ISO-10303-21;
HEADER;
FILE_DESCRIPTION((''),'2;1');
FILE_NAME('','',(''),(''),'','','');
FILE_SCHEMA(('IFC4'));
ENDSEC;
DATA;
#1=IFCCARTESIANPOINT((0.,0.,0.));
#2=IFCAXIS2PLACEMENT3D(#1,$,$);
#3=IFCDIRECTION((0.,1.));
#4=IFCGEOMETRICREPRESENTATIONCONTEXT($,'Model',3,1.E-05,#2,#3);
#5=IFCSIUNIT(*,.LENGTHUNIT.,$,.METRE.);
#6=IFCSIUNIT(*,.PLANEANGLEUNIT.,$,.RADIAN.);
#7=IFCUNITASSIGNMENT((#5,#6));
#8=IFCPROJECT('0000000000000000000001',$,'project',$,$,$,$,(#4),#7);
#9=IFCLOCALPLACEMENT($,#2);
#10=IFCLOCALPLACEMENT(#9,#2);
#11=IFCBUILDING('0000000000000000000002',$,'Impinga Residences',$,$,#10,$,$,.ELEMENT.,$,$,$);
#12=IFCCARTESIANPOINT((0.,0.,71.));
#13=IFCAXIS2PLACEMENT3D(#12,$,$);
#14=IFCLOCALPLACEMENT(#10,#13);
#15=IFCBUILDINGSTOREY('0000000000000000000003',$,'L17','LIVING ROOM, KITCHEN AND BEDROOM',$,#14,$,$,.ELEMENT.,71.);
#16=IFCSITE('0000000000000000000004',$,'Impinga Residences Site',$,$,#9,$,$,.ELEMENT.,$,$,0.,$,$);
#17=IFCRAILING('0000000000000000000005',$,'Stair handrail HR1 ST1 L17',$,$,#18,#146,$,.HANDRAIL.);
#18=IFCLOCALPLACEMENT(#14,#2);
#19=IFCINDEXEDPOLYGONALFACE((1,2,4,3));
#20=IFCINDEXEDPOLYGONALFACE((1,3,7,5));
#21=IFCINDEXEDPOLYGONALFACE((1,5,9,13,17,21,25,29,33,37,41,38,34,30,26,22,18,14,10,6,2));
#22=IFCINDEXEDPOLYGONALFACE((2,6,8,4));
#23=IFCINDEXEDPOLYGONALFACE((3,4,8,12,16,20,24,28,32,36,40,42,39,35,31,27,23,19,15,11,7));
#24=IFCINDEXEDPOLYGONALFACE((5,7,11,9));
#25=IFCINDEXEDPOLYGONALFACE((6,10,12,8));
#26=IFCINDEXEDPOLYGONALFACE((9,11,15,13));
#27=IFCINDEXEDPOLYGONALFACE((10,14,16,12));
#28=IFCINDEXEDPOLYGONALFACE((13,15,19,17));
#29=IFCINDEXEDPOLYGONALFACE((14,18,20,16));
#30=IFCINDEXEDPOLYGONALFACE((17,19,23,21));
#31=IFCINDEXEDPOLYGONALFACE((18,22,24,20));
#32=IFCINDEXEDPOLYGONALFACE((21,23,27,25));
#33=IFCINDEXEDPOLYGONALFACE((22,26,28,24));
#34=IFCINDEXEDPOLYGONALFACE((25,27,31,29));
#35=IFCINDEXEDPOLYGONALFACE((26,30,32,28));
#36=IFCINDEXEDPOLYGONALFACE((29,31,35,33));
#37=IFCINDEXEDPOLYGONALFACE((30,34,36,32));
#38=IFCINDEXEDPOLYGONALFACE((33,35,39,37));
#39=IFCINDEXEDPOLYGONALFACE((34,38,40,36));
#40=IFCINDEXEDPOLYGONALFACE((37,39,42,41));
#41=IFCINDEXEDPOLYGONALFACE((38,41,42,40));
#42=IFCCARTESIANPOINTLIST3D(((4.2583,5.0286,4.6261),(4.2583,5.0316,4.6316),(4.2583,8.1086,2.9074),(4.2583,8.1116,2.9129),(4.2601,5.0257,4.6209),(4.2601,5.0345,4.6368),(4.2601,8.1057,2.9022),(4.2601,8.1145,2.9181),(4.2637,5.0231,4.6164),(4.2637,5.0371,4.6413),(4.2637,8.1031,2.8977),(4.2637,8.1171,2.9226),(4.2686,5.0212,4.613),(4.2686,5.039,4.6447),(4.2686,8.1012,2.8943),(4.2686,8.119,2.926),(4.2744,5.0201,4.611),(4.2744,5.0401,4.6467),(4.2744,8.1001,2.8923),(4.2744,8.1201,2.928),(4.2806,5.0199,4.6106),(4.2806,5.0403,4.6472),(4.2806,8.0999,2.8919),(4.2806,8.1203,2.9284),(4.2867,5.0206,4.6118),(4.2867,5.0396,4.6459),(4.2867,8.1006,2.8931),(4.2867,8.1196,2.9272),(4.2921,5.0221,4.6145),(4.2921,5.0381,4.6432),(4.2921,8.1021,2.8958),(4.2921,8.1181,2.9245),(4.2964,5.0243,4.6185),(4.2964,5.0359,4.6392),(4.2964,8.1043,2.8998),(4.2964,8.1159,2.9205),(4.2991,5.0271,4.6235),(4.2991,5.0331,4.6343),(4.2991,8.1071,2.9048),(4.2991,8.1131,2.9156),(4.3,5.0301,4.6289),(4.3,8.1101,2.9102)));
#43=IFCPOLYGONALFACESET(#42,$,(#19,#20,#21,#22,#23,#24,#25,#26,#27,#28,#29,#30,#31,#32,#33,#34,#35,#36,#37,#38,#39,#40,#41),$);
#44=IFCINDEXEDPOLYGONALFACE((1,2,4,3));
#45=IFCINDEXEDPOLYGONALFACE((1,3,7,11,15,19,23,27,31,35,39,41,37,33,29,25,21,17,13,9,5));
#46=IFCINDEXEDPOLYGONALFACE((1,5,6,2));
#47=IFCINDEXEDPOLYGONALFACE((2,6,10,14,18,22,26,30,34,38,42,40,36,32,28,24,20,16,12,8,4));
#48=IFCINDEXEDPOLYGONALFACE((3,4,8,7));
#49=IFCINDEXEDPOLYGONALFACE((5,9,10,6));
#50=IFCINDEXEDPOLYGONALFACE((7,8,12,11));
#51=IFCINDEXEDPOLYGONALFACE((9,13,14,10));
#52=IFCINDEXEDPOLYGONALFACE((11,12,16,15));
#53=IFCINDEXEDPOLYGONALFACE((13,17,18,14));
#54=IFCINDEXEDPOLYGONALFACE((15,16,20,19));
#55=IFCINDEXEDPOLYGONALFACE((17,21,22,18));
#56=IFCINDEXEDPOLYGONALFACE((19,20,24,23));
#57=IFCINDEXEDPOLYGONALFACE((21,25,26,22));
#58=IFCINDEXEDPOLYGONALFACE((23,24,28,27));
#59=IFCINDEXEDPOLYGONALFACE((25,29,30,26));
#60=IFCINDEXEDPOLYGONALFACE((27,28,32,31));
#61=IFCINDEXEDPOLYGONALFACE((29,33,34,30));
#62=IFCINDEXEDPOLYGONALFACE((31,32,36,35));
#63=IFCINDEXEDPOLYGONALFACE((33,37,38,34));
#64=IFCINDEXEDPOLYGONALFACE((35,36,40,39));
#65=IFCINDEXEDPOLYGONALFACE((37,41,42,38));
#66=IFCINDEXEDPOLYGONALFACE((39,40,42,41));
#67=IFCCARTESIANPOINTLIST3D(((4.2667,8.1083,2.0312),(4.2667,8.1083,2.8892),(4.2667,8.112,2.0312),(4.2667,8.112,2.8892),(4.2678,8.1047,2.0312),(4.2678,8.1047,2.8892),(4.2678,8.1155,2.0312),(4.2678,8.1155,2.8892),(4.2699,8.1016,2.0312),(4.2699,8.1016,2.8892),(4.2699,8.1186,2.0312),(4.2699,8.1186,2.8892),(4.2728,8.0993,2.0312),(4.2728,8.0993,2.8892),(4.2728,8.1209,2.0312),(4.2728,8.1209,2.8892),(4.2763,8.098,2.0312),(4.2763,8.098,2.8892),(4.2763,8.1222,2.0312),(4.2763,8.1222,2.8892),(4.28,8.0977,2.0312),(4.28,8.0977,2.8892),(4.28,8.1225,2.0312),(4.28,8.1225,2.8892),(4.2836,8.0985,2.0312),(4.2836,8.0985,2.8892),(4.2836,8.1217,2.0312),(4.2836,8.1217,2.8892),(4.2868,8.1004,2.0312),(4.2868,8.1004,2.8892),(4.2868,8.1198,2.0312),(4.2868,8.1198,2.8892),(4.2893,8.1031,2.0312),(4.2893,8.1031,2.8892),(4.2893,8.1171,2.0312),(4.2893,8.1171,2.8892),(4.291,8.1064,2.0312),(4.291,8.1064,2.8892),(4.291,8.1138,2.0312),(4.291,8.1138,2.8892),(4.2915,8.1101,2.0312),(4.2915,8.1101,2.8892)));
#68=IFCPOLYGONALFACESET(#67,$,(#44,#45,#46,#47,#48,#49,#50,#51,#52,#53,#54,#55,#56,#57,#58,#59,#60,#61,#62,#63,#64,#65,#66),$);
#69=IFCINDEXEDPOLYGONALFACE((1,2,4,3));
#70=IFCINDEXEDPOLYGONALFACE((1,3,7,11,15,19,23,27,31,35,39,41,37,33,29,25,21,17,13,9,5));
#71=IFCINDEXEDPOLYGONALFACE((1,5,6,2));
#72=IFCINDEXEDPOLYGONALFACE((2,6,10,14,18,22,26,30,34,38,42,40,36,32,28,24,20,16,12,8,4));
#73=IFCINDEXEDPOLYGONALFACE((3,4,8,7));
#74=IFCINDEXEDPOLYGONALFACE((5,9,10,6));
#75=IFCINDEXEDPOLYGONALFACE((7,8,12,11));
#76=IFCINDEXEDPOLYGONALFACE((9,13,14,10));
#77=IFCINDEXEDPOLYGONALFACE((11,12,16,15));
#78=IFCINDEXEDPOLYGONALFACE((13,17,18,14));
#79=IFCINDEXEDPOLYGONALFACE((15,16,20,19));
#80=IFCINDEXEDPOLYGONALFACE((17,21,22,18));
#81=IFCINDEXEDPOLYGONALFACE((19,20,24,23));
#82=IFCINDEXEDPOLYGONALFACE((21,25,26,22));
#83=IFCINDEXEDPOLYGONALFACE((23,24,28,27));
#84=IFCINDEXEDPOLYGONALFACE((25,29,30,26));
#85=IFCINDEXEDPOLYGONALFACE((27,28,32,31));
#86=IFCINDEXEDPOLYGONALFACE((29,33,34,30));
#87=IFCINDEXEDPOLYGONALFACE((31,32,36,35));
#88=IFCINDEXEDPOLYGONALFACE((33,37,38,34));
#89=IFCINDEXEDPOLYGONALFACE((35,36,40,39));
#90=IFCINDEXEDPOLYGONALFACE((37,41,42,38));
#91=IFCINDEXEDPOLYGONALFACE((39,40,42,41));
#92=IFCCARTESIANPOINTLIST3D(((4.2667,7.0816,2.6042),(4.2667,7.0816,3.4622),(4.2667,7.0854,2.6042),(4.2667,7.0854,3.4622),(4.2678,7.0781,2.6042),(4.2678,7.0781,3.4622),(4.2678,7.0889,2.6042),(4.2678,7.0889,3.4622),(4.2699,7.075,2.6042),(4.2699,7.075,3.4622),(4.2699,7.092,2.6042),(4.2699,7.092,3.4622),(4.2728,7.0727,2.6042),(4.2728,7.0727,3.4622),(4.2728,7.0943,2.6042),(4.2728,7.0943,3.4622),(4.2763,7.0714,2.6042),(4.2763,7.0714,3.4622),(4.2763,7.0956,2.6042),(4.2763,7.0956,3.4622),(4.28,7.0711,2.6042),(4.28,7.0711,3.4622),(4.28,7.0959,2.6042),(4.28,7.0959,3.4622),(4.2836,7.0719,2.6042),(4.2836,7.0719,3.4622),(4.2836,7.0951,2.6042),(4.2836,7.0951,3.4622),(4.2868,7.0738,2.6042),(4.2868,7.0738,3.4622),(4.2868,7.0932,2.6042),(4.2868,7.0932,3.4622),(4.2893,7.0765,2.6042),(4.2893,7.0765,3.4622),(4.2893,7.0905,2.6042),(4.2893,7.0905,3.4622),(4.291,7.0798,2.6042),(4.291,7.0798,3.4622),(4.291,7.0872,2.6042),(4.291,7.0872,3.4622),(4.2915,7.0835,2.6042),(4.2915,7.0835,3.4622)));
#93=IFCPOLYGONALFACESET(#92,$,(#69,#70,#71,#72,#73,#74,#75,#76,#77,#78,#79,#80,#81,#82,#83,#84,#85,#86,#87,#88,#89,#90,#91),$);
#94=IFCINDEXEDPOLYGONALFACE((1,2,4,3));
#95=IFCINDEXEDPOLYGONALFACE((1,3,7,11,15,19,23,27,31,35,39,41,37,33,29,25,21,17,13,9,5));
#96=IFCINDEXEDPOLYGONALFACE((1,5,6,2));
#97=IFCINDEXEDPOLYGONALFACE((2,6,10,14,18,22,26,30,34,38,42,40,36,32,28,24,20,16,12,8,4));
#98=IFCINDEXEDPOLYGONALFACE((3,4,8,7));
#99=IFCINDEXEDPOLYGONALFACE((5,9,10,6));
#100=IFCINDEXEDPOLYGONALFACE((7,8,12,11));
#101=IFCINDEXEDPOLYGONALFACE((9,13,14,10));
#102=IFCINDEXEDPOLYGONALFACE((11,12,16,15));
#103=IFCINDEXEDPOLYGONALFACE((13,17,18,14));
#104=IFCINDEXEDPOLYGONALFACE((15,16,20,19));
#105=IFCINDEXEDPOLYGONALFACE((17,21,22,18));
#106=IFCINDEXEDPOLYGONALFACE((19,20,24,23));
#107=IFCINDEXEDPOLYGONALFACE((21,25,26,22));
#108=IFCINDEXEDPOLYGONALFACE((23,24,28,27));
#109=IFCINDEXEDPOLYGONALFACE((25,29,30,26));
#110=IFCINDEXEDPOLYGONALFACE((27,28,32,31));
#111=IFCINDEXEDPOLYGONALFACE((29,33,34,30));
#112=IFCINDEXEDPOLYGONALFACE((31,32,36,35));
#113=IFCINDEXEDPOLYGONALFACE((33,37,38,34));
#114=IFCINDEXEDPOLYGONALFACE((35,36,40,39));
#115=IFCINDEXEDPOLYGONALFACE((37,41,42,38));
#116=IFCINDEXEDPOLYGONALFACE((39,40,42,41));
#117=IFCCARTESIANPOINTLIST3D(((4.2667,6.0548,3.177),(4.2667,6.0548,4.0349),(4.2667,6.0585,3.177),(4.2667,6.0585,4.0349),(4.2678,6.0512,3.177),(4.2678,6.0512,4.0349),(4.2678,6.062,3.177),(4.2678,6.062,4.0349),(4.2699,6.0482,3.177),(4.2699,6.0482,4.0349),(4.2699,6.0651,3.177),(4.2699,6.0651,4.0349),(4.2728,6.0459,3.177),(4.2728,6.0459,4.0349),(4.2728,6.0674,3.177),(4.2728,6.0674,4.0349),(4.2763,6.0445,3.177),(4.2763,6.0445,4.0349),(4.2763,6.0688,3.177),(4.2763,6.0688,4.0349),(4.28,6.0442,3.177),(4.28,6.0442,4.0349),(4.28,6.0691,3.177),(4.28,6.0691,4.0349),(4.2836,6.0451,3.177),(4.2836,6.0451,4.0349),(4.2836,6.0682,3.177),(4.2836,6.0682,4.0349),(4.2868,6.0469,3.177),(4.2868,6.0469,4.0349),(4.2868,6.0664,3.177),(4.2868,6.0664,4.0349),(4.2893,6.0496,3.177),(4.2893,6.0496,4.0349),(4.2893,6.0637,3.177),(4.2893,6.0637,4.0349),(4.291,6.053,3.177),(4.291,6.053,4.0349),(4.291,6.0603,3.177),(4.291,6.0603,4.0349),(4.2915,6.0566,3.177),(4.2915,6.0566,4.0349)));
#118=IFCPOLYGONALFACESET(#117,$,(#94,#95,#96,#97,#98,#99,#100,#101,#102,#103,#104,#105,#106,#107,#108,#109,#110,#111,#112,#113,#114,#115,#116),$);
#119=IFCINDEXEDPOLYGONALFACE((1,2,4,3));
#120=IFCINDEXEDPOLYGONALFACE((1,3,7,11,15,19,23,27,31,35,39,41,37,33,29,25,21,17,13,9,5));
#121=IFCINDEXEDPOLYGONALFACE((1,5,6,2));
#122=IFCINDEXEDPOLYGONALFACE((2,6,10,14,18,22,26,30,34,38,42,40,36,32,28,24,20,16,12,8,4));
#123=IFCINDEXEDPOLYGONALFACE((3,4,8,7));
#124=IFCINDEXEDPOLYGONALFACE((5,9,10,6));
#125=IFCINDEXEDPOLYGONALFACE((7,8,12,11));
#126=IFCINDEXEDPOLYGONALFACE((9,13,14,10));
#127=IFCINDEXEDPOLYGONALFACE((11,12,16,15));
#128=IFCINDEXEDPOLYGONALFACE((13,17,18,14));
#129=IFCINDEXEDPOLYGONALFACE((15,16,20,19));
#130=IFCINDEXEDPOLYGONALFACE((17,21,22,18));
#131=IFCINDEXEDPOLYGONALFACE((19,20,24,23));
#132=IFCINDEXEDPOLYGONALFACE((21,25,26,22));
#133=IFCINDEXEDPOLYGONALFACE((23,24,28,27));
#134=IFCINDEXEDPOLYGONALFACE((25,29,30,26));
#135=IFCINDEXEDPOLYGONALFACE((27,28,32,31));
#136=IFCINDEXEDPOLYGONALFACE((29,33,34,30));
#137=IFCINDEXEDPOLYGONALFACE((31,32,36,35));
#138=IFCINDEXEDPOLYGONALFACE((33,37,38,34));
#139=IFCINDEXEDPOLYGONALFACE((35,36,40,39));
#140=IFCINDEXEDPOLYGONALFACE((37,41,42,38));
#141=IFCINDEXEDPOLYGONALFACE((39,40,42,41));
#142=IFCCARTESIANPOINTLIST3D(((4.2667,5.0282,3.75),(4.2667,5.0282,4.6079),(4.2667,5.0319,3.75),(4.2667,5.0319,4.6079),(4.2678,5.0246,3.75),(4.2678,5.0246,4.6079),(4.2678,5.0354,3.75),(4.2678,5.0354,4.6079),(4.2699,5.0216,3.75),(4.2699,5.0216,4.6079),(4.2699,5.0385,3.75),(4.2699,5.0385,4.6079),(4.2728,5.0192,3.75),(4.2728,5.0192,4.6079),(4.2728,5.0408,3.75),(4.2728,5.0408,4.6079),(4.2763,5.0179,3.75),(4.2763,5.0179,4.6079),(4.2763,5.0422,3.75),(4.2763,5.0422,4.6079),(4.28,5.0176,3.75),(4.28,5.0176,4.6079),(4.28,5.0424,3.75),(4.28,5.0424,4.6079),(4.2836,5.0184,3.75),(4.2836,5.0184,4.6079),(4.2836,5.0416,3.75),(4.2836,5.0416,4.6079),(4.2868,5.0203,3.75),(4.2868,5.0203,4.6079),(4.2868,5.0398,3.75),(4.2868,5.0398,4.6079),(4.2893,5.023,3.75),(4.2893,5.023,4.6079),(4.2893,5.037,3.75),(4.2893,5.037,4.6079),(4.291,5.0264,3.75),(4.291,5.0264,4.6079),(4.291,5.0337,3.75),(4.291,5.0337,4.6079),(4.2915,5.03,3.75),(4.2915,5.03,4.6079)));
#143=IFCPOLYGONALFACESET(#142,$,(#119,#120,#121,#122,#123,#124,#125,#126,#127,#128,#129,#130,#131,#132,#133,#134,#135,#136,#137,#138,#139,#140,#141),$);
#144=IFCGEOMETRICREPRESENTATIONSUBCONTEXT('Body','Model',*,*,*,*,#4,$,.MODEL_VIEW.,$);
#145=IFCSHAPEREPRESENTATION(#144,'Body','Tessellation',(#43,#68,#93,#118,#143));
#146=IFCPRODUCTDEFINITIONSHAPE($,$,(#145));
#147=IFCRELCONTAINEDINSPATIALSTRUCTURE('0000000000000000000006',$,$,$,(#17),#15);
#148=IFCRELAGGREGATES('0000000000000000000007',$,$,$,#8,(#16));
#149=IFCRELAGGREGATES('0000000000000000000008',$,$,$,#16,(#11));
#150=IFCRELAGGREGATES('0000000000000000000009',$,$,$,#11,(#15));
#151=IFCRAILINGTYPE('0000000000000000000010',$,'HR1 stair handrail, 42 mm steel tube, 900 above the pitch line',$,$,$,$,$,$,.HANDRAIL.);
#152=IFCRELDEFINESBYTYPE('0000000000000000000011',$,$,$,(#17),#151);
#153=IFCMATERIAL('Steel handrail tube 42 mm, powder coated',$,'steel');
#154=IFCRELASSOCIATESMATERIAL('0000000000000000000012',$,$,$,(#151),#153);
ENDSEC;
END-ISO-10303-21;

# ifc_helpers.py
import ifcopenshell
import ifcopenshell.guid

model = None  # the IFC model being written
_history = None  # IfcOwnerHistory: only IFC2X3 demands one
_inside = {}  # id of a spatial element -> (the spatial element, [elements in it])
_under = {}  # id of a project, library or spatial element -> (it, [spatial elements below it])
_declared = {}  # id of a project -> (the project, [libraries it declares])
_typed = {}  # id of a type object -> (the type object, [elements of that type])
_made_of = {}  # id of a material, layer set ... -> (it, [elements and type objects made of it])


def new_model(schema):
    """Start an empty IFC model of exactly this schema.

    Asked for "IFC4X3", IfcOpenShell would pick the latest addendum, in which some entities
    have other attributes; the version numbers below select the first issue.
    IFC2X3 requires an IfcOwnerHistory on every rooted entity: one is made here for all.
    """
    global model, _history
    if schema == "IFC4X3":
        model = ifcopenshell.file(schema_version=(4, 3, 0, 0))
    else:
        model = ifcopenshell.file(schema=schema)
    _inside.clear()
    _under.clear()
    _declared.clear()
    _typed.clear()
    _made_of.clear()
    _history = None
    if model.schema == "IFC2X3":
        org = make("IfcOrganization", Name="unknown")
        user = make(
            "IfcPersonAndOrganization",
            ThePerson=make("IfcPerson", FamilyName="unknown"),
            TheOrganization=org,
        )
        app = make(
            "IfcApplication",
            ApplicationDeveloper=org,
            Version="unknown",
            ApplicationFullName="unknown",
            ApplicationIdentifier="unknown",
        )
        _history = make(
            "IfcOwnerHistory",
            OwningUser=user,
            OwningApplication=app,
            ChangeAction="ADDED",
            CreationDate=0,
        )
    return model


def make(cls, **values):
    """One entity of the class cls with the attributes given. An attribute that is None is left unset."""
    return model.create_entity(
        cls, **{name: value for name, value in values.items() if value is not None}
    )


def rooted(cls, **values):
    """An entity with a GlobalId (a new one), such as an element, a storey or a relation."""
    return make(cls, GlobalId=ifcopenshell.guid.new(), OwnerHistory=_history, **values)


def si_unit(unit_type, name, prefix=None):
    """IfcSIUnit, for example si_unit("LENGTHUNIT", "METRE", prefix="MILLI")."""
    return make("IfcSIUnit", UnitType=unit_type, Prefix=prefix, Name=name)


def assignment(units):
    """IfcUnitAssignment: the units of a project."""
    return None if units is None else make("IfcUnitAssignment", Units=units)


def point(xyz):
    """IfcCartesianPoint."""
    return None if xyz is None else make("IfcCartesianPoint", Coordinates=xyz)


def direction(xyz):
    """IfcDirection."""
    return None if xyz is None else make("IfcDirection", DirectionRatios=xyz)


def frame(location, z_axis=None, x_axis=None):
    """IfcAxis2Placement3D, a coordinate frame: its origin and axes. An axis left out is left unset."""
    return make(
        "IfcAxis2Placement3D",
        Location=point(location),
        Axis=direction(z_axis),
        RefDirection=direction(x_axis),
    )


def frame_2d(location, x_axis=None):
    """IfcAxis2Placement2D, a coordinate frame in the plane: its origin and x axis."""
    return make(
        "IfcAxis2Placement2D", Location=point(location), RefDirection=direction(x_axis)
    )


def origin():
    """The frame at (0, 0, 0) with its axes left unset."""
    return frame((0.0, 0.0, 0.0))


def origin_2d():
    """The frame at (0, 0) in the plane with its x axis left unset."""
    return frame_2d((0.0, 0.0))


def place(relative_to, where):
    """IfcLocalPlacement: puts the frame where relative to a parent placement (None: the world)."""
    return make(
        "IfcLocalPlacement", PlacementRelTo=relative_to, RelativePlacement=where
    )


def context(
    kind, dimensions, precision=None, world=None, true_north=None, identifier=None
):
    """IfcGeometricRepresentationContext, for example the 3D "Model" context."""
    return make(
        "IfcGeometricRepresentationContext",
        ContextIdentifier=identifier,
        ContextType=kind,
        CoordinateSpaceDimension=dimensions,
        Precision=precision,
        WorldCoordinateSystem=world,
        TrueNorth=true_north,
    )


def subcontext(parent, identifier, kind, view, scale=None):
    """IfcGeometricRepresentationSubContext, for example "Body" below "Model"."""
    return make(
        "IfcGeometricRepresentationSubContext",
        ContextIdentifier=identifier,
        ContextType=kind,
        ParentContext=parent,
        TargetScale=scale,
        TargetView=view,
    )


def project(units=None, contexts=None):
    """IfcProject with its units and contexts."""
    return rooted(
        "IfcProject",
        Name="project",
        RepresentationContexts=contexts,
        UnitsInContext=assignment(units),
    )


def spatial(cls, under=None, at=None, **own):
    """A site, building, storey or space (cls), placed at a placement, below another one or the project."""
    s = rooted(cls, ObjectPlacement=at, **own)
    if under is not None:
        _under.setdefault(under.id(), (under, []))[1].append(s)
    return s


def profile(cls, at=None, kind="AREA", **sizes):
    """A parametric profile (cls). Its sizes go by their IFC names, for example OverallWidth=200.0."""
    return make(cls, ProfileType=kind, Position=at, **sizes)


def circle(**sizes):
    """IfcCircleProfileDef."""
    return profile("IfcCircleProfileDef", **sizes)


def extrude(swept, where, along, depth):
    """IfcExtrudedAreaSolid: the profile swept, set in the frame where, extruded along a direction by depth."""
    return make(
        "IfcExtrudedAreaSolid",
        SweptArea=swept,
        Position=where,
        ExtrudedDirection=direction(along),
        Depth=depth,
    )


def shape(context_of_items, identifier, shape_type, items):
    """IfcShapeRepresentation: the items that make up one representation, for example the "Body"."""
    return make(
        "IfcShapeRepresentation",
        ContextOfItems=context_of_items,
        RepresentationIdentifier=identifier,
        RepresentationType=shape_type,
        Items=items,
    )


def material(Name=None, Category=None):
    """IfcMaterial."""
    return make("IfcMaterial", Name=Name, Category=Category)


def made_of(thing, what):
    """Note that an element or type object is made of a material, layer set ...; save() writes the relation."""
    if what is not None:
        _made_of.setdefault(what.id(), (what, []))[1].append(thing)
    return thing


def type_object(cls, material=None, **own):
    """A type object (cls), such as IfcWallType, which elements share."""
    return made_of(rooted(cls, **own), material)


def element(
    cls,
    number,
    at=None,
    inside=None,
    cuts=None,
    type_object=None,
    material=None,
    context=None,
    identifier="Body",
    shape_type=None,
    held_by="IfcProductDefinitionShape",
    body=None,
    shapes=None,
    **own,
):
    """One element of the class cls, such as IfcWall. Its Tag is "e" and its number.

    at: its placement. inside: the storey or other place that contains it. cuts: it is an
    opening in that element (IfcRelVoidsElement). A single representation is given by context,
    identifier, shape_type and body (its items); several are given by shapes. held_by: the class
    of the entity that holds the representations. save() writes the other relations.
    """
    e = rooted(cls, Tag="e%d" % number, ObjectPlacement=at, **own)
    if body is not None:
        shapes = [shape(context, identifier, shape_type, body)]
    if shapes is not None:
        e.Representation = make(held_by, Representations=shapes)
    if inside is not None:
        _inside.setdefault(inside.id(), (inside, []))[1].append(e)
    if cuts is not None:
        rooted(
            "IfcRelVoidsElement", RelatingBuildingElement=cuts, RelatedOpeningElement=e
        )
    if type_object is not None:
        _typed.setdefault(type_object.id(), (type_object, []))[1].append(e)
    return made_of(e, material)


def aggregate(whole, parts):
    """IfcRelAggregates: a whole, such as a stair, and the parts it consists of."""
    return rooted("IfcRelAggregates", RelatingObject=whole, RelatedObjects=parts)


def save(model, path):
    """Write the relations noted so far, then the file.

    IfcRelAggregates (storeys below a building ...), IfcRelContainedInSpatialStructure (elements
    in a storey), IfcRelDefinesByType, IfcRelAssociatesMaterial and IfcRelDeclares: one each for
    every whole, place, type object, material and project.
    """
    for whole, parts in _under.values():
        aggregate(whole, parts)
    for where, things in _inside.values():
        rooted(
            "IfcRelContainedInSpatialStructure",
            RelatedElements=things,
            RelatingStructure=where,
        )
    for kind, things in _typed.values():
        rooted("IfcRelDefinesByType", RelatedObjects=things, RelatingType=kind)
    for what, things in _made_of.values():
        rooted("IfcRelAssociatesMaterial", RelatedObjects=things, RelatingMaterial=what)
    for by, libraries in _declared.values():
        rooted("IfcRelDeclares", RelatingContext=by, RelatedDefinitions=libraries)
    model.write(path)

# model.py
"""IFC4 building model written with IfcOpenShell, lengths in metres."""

from ifc_helpers import new_model, si_unit, direction, frame, origin, origin_2d, place, context, subcontext, project, spatial, circle, extrude, material, type_object, element, save


model = new_model("IFC4")

# Units and contexts
model_context = context("Model", 3, precision=1e-05, world=origin(), true_north=direction((0.0, 1.0)))
body_context = subcontext(model_context, "Body", "Model", "MODEL_VIEW")
ifc_project = project(units=[si_unit("LENGTHUNIT", "METRE"), si_unit("PLANEANGLEUNIT", "RADIAN")], contexts=[model_context])

# Site, building, storey
site_placement = place(None, origin())
site = spatial("IfcSite", under=ifc_project, at=site_placement, Name="Impinga Residences Site", CompositionType="ELEMENT", RefElevation=0.0)
building_placement = place(site_placement, origin())
building = spatial("IfcBuilding", under=site, at=building_placement, Name="Impinga Residences", CompositionType="ELEMENT")
storey_placement = place(building_placement, frame((0.0, 0.0, 71.0)))
storey = spatial("IfcBuildingStorey", under=building, at=storey_placement, Name="L17", Description="LIVING ROOM, KITCHEN AND BEDROOM", CompositionType="ELEMENT", Elevation=71.0)

# Railing
ifc_material_1 = material(Name="Steel handrail tube 42 mm, powder coated", Category="steel")
railing_type_1 = type_object("IfcRailingType", Name="HR1 stair handrail, 42 mm steel tube, 900 above the pitch line", PredefinedType="HANDRAIL", material=ifc_material_1)
railing_1_placement = place(storey_placement, frame((4.2791, 8.1101, 2.0312)))
element("IfcRailing", 1, at=railing_1_placement, inside=storey, type_object=railing_type_1, Name="Stair handrail HR1 ST1 L17", PredefinedType="HANDRAIL", context=body_context, shape_type="SweptSolid", body=[
    extrude(circle(Radius=0.021, at=origin_2d()), frame((0.0, 0.0, 0.8789), z_axis=(0.0, -0.873242, 0.487288), x_axis=(1.0, 0.0, 0.0)), (0.0, 0.0, 1.0), 3.5271),
    extrude(circle(Radius=0.0125, at=origin_2d()), origin(), (0.0, 0.0, 1.0), 0.8579),
    extrude(circle(Radius=0.0125, at=origin_2d()), frame((0.0, -1.0266, 0.573)), (0.0, 0.0, 1.0), 0.8579),
    extrude(circle(Radius=0.0125, at=origin_2d()), frame((0.0, -2.0535, 1.1458)), (0.0, 0.0, 1.0), 0.8579),
    extrude(circle(Radius=0.0125, at=origin_2d()), frame((0.0, -3.0801, 1.7188)), (0.0, 0.0, 1.0), 0.8579),
])

save(model, "model.ifc")
